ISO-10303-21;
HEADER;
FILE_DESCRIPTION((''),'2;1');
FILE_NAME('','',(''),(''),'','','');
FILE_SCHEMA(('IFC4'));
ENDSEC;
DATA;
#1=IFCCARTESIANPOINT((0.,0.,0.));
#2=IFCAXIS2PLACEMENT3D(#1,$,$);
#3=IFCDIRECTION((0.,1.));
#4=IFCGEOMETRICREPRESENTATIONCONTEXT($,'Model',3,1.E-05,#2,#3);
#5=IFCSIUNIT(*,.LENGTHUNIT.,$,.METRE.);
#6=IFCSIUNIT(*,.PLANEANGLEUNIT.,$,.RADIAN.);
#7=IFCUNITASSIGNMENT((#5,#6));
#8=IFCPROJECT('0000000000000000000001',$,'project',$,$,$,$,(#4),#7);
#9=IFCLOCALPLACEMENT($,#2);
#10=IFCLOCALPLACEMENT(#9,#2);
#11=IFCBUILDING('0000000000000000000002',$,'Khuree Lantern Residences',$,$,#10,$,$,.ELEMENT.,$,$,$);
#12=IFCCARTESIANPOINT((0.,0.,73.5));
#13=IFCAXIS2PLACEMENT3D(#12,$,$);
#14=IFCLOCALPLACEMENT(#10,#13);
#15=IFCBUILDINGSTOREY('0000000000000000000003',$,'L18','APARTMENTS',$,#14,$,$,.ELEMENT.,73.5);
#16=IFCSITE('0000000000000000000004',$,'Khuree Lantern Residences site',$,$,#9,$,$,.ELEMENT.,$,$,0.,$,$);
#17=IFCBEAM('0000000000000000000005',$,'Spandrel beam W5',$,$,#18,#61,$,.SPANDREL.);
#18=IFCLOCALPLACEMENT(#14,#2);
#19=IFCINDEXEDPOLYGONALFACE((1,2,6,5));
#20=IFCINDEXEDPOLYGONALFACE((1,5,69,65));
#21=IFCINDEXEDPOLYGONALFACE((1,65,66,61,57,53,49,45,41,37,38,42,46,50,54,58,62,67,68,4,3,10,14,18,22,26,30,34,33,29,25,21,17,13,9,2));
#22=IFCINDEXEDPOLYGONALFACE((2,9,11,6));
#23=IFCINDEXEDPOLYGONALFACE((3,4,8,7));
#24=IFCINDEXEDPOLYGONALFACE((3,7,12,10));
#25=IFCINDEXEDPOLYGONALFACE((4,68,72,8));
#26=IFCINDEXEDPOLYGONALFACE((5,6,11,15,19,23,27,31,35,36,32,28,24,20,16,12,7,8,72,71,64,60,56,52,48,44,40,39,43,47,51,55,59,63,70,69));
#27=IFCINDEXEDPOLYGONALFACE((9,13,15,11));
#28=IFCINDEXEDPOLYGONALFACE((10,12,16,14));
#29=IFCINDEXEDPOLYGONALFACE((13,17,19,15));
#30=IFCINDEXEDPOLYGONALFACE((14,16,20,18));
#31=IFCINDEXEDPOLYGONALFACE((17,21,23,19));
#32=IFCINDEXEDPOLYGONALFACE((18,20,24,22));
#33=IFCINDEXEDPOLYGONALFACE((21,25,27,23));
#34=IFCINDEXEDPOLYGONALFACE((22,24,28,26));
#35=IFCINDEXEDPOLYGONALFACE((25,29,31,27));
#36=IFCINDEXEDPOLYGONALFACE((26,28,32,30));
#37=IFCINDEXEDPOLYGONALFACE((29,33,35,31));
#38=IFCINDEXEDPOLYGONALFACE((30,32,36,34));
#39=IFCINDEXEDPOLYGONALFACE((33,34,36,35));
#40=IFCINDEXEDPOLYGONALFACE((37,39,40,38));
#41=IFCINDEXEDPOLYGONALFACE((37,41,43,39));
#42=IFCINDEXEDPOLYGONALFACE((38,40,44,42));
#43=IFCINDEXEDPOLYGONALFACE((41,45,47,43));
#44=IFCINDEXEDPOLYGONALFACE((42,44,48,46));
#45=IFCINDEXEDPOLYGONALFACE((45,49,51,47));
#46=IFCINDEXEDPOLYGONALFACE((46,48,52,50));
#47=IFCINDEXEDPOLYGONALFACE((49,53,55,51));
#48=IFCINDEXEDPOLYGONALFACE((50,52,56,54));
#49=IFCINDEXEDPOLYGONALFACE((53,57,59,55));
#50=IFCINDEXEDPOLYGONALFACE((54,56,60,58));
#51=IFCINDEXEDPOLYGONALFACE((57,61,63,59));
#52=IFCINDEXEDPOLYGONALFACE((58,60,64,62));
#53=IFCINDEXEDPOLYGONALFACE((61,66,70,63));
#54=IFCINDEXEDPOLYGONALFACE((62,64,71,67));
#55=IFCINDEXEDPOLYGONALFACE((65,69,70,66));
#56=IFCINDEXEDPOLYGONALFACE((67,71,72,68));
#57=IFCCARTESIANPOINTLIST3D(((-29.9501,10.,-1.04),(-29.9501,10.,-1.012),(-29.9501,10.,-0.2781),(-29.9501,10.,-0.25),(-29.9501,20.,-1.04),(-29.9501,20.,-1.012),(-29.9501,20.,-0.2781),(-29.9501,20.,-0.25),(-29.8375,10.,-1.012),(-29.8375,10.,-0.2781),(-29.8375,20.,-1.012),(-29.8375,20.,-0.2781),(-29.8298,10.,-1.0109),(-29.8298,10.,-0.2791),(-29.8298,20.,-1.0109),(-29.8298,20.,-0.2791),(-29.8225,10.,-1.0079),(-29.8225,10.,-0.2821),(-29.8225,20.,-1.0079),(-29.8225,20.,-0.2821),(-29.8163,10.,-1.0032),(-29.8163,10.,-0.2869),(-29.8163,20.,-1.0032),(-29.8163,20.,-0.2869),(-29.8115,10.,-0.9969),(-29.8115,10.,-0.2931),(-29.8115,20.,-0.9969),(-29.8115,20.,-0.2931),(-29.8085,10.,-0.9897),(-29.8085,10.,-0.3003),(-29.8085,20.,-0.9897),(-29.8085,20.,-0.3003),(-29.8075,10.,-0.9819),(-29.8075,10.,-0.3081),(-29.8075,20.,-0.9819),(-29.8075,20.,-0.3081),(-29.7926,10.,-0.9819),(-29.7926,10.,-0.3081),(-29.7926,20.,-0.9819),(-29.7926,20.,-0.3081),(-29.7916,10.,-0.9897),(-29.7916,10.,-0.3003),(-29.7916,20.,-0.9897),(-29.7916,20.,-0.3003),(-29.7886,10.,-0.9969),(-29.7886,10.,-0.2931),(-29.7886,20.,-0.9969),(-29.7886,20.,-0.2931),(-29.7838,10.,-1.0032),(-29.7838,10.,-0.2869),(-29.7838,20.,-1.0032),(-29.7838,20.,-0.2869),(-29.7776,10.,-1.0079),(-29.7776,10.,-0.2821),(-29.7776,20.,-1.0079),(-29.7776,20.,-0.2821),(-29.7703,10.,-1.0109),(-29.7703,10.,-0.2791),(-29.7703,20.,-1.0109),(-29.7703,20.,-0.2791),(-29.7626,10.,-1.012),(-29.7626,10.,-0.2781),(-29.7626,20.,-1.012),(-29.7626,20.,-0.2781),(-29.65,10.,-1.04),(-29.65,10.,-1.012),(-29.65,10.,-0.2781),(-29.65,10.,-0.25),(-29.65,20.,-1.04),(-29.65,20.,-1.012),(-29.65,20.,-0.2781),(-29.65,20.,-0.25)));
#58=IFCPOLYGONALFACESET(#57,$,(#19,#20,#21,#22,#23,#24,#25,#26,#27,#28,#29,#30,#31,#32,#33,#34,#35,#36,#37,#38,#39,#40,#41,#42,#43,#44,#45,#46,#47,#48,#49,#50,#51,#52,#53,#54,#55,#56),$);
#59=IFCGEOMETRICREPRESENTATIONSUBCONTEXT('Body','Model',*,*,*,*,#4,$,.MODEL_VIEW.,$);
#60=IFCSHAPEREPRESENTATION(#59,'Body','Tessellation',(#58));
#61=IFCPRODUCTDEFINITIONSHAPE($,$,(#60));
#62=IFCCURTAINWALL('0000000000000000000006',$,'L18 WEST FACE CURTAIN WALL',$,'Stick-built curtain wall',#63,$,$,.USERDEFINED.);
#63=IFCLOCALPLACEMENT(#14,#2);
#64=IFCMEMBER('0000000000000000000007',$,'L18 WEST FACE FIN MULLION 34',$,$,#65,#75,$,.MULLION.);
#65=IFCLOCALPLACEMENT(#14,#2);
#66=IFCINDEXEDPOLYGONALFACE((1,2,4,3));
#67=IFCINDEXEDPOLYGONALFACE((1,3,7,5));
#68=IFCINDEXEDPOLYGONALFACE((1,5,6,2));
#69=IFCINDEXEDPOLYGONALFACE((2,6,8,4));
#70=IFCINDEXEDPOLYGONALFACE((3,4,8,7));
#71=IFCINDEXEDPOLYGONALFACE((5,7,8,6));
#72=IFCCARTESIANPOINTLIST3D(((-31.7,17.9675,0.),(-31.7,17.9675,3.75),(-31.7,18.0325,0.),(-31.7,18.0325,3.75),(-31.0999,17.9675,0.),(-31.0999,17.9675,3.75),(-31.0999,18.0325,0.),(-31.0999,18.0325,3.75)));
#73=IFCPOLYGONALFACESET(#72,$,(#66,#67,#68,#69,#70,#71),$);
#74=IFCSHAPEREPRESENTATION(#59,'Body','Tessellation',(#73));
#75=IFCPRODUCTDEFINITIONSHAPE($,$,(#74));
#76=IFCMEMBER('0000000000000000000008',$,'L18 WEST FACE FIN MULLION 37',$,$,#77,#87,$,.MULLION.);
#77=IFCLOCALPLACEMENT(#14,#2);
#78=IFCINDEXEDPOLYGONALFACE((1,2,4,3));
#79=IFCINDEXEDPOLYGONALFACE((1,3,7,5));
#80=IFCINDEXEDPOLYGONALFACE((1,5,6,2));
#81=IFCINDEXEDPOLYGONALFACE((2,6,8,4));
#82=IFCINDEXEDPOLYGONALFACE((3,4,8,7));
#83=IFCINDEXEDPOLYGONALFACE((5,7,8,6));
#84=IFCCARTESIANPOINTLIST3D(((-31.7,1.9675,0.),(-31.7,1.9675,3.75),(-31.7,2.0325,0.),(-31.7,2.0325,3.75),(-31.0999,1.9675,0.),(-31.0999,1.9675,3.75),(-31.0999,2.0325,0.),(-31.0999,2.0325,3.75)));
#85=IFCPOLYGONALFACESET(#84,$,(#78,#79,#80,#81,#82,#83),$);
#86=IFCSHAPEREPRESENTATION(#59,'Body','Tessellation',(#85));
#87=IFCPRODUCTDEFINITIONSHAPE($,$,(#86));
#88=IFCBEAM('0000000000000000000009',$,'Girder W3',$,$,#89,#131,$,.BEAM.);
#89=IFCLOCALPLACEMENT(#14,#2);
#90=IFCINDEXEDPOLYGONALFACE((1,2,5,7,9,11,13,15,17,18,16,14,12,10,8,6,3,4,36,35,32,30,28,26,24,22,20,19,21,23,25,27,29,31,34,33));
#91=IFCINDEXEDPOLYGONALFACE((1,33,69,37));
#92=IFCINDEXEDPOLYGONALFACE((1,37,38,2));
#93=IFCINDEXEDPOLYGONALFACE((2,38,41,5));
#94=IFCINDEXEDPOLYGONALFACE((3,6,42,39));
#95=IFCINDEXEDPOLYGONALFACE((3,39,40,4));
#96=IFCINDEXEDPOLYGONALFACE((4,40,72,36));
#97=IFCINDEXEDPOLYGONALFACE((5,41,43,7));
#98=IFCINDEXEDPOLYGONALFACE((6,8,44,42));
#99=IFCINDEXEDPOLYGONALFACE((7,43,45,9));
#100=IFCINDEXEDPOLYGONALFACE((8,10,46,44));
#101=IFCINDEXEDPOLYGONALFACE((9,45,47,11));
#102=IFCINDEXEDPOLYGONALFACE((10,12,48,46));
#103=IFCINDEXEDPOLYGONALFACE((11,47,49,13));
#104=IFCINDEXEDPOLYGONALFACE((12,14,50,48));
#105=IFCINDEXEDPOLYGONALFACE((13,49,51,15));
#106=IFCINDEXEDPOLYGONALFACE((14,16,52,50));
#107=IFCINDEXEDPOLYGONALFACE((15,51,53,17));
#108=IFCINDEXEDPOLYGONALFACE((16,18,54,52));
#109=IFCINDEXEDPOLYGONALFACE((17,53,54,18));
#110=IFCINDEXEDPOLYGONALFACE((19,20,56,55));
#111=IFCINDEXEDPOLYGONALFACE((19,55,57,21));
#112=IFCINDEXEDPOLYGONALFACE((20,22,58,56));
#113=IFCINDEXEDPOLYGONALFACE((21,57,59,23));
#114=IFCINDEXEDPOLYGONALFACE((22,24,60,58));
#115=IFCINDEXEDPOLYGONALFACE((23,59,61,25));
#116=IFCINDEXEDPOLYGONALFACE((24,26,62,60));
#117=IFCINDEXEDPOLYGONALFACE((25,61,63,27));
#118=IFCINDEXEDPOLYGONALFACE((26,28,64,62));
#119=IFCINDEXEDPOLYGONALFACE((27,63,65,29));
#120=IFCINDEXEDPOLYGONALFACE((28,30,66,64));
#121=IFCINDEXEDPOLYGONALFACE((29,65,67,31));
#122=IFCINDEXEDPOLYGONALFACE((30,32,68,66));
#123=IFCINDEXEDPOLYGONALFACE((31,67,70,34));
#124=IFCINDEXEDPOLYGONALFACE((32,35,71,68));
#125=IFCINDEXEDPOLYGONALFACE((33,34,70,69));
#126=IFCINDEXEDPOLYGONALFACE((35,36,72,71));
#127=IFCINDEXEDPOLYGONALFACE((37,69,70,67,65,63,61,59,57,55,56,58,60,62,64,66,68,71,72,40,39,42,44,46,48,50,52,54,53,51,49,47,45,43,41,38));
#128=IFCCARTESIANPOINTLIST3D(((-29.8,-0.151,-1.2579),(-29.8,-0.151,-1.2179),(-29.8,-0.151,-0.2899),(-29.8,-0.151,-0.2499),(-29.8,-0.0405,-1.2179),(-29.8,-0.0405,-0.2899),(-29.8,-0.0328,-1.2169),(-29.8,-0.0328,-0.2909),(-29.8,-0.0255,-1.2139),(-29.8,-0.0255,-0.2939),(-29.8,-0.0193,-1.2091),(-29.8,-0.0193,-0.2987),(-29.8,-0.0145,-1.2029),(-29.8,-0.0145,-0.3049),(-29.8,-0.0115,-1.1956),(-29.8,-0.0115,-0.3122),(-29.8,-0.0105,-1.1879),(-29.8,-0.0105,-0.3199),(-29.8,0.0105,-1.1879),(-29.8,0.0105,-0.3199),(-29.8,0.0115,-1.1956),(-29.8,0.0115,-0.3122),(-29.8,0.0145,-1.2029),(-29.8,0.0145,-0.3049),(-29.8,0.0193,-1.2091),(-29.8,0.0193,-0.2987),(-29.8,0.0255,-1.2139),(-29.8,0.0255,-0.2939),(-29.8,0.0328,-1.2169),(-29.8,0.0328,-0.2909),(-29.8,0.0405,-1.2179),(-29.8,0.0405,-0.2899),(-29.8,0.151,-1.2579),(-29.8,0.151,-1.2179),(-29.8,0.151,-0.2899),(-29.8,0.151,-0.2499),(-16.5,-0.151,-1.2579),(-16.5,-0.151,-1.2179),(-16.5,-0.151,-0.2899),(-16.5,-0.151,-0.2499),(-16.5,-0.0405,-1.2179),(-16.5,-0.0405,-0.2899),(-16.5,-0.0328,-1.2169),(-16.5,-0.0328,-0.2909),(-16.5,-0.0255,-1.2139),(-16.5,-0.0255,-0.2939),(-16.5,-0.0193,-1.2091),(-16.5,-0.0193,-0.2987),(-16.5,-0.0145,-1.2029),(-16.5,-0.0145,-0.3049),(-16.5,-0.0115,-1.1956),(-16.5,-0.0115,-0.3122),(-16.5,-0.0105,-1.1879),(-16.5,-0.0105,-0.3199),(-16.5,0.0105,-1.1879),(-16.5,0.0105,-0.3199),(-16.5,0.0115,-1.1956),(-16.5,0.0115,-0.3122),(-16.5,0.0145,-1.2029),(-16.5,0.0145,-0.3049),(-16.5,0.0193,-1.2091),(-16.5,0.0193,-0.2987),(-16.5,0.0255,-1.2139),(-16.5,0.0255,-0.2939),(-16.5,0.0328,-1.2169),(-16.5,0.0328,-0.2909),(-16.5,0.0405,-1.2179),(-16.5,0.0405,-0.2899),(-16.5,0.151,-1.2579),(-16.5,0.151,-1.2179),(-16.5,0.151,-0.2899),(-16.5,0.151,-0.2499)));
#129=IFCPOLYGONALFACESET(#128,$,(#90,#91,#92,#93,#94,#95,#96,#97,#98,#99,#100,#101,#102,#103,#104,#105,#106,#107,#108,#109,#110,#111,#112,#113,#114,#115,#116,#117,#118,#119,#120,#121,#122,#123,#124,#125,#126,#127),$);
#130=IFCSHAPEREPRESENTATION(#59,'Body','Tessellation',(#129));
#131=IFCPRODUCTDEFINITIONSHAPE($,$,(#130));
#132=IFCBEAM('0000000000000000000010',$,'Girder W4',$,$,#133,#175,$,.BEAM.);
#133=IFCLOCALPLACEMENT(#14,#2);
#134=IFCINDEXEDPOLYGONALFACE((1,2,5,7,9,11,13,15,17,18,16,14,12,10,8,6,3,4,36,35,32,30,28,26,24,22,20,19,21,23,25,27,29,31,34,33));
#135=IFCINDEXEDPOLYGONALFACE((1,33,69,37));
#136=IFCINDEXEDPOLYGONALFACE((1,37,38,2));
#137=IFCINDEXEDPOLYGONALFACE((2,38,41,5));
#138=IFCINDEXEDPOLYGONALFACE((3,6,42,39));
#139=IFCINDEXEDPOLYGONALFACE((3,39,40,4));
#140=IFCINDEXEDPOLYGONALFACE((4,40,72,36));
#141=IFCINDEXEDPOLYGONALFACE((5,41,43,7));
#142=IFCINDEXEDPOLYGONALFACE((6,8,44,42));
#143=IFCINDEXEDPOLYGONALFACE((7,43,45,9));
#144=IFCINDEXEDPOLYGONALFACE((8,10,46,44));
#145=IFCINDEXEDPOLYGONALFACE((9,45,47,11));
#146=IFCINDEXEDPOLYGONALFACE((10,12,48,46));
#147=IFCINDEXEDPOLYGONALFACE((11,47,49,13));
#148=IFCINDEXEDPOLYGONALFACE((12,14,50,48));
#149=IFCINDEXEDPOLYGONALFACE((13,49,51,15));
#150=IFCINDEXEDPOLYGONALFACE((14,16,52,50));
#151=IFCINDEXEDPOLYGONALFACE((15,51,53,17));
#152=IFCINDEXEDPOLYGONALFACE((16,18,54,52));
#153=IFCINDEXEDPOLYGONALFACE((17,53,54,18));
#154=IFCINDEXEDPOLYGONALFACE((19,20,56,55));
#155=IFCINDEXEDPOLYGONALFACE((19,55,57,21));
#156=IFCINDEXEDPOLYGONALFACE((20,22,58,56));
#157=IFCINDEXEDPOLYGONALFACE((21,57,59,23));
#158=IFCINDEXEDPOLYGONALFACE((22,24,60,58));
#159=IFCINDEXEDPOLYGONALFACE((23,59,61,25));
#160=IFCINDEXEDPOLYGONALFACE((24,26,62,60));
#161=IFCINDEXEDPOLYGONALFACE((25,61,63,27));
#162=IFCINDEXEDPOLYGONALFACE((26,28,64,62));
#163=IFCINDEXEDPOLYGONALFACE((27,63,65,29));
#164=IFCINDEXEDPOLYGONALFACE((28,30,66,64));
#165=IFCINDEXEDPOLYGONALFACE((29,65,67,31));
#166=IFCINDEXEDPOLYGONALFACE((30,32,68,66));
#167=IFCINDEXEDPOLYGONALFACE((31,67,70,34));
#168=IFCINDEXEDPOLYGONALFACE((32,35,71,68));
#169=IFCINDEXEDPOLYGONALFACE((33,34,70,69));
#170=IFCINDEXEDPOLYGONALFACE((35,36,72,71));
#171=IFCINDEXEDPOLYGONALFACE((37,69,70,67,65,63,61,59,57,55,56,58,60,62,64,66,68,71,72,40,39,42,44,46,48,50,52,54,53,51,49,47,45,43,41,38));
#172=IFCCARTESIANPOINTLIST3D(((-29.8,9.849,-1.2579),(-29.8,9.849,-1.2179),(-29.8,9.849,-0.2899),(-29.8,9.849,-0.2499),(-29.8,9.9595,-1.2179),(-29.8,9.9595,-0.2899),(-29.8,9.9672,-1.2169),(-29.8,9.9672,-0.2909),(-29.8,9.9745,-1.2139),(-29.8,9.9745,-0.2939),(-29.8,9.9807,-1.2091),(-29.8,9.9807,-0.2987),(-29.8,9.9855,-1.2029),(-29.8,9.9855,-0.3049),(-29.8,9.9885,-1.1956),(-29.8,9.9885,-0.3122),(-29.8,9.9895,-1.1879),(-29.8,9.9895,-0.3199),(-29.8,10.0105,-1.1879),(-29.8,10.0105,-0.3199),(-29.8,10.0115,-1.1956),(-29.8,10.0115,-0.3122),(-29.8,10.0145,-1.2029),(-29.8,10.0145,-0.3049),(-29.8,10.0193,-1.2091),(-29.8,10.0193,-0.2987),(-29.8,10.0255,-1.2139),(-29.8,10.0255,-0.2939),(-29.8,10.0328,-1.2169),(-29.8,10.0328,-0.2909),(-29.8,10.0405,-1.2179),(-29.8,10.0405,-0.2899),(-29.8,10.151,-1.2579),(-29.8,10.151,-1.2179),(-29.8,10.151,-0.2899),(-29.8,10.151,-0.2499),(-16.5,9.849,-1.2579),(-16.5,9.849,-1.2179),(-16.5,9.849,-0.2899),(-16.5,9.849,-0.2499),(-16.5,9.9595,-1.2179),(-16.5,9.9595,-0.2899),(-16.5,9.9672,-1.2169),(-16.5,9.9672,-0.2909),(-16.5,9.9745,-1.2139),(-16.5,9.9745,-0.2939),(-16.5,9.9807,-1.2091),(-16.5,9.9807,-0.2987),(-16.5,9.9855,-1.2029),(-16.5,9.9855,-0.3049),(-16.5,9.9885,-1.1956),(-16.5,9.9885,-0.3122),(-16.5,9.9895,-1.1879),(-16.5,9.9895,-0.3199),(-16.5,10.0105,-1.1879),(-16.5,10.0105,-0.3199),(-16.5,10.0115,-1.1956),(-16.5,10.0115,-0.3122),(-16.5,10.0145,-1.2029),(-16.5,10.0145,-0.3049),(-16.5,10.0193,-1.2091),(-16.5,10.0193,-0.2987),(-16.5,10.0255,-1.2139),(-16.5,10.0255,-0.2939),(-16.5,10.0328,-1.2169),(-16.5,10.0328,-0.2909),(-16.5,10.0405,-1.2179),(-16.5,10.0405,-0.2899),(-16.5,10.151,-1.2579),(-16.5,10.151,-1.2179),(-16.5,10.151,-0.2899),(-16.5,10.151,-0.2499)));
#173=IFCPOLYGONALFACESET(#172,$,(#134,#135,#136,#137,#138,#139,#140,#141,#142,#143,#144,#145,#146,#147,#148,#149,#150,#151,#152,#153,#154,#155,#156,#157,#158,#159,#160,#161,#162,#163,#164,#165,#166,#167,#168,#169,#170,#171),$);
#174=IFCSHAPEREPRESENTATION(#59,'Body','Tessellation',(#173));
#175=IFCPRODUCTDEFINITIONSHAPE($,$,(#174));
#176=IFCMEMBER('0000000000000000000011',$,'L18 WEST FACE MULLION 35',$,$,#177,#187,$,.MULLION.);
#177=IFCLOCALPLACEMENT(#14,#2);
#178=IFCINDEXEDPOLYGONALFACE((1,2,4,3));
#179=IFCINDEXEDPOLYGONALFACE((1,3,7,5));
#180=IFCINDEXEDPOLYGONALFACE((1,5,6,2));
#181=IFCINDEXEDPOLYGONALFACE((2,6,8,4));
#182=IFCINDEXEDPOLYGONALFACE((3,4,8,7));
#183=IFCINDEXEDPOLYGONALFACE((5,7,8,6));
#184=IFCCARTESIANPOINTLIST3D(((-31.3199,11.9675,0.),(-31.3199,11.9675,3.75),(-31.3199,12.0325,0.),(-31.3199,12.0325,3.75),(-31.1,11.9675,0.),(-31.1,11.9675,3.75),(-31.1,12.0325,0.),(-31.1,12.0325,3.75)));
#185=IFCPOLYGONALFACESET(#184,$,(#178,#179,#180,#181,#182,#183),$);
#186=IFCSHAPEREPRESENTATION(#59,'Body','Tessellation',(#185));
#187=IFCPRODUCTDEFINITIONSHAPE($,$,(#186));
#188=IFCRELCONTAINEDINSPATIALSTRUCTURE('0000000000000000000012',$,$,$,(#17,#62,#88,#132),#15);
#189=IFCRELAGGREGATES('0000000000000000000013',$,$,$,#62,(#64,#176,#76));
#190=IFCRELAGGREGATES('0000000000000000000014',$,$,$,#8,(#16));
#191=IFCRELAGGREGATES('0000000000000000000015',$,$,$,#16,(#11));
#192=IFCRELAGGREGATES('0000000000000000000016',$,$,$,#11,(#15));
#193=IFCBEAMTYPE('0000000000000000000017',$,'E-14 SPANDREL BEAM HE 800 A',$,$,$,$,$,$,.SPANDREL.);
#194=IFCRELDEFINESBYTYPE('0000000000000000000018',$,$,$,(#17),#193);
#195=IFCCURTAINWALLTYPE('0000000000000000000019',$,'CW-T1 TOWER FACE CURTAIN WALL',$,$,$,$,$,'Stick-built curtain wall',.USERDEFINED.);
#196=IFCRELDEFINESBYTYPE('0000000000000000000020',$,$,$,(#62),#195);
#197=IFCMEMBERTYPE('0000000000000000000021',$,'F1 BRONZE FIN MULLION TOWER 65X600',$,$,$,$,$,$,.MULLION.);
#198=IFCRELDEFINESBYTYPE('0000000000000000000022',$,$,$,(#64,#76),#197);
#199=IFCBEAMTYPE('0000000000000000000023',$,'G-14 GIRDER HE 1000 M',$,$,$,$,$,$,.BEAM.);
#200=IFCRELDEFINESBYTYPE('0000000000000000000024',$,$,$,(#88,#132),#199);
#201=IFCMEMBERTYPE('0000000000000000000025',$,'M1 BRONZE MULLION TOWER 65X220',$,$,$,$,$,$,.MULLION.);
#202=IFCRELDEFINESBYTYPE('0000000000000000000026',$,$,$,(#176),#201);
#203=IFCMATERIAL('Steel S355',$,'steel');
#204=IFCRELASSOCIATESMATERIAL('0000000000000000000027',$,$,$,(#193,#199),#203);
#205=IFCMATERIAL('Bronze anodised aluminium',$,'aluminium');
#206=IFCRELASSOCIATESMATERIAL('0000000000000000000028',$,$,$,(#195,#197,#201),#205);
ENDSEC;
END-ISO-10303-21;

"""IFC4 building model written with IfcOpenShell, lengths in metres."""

from ifc_helpers import new_model, si_unit, direction, frame, origin, origin_2d, place, context, subcontext, project, spatial, rectangle, i_section, extrude, material, material_profile, profile_set, type_object, element, aggregate, save


model = new_model("IFC4")

# Units and contexts
model_context = context("Model", 3, precision=1e-05, world=origin(), true_north=direction((0.0, 1.0)))
body_context = subcontext(model_context, "Body", "Model", "MODEL_VIEW")
ifc_project = project(units=[si_unit("LENGTHUNIT", "METRE"), si_unit("PLANEANGLEUNIT", "RADIAN")], contexts=[model_context])

# Site, building, storey
site_placement = place(None, origin())
site = spatial("IfcSite", under=ifc_project, at=site_placement, Name="Khuree Lantern Residences site", CompositionType="ELEMENT", RefElevation=0.0)
building_placement = place(site_placement, origin())
building = spatial("IfcBuilding", under=site, at=building_placement, Name="Khuree Lantern Residences", CompositionType="ELEMENT")
storey_placement = place(building_placement, frame((0.0, 0.0, 73.5)))
storey = spatial("IfcBuildingStorey", under=building, at=storey_placement, Name="L18", Description="APARTMENTS", CompositionType="ELEMENT", Elevation=73.5)

# Beam
ifc_material_1 = material(Name="Steel S355", Category="steel")
ifc_material_profile_1 = material_profile(ifc_material_1, i_section(OverallWidth=0.3, OverallDepth=0.79, WebThickness=0.0149, FlangeThickness=0.0281, FilletRadius=0.03, at=origin_2d()), Name="HE 800 A")
ifc_profile_set_1 = profile_set([ifc_material_profile_1], Name="Steel S355")
beam_type_1 = type_object("IfcBeamType", Name="E-14 SPANDREL BEAM HE 800 A", PredefinedType="SPANDREL", material=ifc_profile_set_1)
for number, where, z_axis, x_axis, name in (
    (1, (-29.8, 10.0, -0.645), (0.0, 1.0, 0.0), (-1.0, 0.0, 0.0), "Spandrel beam W5"),
):
    element("IfcBeam", number, at=place(storey_placement, frame(where, z_axis=z_axis, x_axis=x_axis)), inside=storey, type_object=beam_type_1, Name=name, PredefinedType="SPANDREL", context=body_context, shape_type="SweptSolid", body=[
        extrude(i_section(OverallWidth=0.3, OverallDepth=0.79, WebThickness=0.0149, FlangeThickness=0.0281, FilletRadius=0.03, at=origin_2d()), origin(), (0.0, 0.0, 1.0), 10.0),
    ])

# Curtain wall, members
ifc_material_2 = material(Name="Bronze anodised aluminium", Category="aluminium")
curtain_wall_type = type_object("IfcCurtainWallType", Name="CW-T1 TOWER FACE CURTAIN WALL", ElementType="Stick-built curtain wall", PredefinedType="USERDEFINED", material=ifc_material_2)
curtain_wall_placement = place(storey_placement, origin())
curtain_wall = element("IfcCurtainWall", 2, at=curtain_wall_placement, inside=storey, type_object=curtain_wall_type, Name="L18 WEST FACE CURTAIN WALL", ObjectType="Stick-built curtain wall", PredefinedType="USERDEFINED")
ifc_material_profile_2 = material_profile(ifc_material_2, rectangle(XDim=0.0649, YDim=0.6001, at=origin_2d()), Name="F1 65X600")
ifc_profile_set_2 = profile_set([ifc_material_profile_2], Name="Bronze anodised aluminium")
member_type_1 = type_object("IfcMemberType", Name="F1 BRONZE FIN MULLION TOWER 65X600", PredefinedType="MULLION", material=ifc_profile_set_2)
member_1_placement = place(storey_placement, frame((-31.3999, 18.0, 0.0), z_axis=(0.0, 0.0, 1.0), x_axis=(0.0, -1.0, 0.0)))
member_1 = element("IfcMember", 3, at=member_1_placement, type_object=member_type_1, Name="L18 WEST FACE FIN MULLION 34", PredefinedType="MULLION", context=body_context, shape_type="SweptSolid", body=[
    extrude(rectangle(XDim=0.0649, YDim=0.6001, at=origin_2d()), origin(), (0.0, 0.0, 1.0), 3.75),
])
member_2_placement = place(storey_placement, frame((-31.3999, 2.0, 0.0), z_axis=(0.0, 0.0, 1.0), x_axis=(0.0, -1.0, 0.0)))
member_2 = element("IfcMember", 4, at=member_2_placement, type_object=member_type_1, Name="L18 WEST FACE FIN MULLION 37", PredefinedType="MULLION", context=body_context, shape_type="SweptSolid", body=[
    extrude(rectangle(XDim=0.0649, YDim=0.6001, at=origin_2d()), origin(), (0.0, 0.0, 1.0), 3.75),
])

# Beams
ifc_material_profile_3 = material_profile(ifc_material_1, i_section(OverallWidth=0.302, OverallDepth=1.0081, WebThickness=0.021, FlangeThickness=0.04, FilletRadius=0.03, at=origin_2d()), Name="HE 1000 M")
ifc_profile_set_3 = profile_set([ifc_material_profile_3], Name="Steel S355")
beam_type_2 = type_object("IfcBeamType", Name="G-14 GIRDER HE 1000 M", PredefinedType="BEAM", material=ifc_profile_set_3)
for number, where, z_axis, x_axis, name in (
    (5, (-29.8, 0.0, -0.7539), (1.0, 0.0, 0.0), (0.0, 1.0, 0.0), "Girder W3"),
    (6, (-29.8, 10.0, -0.7539), (1.0, 0.0, 0.0), (0.0, 1.0, 0.0), "Girder W4"),
):
    element("IfcBeam", number, at=place(storey_placement, frame(where, z_axis=z_axis, x_axis=x_axis)), inside=storey, type_object=beam_type_2, Name=name, PredefinedType="BEAM", context=body_context, shape_type="SweptSolid", body=[
        extrude(i_section(OverallWidth=0.302, OverallDepth=1.0081, WebThickness=0.021, FlangeThickness=0.04, FilletRadius=0.03, at=origin_2d()), origin(), (0.0, 0.0, 1.0), 13.3),
    ])

# Member
ifc_material_profile_4 = material_profile(ifc_material_2, rectangle(XDim=0.0649, YDim=0.22, at=origin_2d()), Name="M1 65X220")
ifc_profile_set_4 = profile_set([ifc_material_profile_4], Name="Bronze anodised aluminium")
member_type_2 = type_object("IfcMemberType", Name="M1 BRONZE MULLION TOWER 65X220", PredefinedType="MULLION", material=ifc_profile_set_4)
member_3_placement = place(storey_placement, frame((-31.21, 12.0, 0.0), z_axis=(0.0, 0.0, 1.0), x_axis=(0.0, -1.0, 0.0)))
member_3 = element("IfcMember", 7, at=member_3_placement, type_object=member_type_2, Name="L18 WEST FACE MULLION 35", PredefinedType="MULLION", context=body_context, shape_type="SweptSolid", body=[
    extrude(rectangle(XDim=0.0649, YDim=0.22, at=origin_2d()), origin(), (0.0, 0.0, 1.0), 3.75),
])

aggregate(curtain_wall, [member_1, member_3, member_2])

save(model, "model.ifc")
